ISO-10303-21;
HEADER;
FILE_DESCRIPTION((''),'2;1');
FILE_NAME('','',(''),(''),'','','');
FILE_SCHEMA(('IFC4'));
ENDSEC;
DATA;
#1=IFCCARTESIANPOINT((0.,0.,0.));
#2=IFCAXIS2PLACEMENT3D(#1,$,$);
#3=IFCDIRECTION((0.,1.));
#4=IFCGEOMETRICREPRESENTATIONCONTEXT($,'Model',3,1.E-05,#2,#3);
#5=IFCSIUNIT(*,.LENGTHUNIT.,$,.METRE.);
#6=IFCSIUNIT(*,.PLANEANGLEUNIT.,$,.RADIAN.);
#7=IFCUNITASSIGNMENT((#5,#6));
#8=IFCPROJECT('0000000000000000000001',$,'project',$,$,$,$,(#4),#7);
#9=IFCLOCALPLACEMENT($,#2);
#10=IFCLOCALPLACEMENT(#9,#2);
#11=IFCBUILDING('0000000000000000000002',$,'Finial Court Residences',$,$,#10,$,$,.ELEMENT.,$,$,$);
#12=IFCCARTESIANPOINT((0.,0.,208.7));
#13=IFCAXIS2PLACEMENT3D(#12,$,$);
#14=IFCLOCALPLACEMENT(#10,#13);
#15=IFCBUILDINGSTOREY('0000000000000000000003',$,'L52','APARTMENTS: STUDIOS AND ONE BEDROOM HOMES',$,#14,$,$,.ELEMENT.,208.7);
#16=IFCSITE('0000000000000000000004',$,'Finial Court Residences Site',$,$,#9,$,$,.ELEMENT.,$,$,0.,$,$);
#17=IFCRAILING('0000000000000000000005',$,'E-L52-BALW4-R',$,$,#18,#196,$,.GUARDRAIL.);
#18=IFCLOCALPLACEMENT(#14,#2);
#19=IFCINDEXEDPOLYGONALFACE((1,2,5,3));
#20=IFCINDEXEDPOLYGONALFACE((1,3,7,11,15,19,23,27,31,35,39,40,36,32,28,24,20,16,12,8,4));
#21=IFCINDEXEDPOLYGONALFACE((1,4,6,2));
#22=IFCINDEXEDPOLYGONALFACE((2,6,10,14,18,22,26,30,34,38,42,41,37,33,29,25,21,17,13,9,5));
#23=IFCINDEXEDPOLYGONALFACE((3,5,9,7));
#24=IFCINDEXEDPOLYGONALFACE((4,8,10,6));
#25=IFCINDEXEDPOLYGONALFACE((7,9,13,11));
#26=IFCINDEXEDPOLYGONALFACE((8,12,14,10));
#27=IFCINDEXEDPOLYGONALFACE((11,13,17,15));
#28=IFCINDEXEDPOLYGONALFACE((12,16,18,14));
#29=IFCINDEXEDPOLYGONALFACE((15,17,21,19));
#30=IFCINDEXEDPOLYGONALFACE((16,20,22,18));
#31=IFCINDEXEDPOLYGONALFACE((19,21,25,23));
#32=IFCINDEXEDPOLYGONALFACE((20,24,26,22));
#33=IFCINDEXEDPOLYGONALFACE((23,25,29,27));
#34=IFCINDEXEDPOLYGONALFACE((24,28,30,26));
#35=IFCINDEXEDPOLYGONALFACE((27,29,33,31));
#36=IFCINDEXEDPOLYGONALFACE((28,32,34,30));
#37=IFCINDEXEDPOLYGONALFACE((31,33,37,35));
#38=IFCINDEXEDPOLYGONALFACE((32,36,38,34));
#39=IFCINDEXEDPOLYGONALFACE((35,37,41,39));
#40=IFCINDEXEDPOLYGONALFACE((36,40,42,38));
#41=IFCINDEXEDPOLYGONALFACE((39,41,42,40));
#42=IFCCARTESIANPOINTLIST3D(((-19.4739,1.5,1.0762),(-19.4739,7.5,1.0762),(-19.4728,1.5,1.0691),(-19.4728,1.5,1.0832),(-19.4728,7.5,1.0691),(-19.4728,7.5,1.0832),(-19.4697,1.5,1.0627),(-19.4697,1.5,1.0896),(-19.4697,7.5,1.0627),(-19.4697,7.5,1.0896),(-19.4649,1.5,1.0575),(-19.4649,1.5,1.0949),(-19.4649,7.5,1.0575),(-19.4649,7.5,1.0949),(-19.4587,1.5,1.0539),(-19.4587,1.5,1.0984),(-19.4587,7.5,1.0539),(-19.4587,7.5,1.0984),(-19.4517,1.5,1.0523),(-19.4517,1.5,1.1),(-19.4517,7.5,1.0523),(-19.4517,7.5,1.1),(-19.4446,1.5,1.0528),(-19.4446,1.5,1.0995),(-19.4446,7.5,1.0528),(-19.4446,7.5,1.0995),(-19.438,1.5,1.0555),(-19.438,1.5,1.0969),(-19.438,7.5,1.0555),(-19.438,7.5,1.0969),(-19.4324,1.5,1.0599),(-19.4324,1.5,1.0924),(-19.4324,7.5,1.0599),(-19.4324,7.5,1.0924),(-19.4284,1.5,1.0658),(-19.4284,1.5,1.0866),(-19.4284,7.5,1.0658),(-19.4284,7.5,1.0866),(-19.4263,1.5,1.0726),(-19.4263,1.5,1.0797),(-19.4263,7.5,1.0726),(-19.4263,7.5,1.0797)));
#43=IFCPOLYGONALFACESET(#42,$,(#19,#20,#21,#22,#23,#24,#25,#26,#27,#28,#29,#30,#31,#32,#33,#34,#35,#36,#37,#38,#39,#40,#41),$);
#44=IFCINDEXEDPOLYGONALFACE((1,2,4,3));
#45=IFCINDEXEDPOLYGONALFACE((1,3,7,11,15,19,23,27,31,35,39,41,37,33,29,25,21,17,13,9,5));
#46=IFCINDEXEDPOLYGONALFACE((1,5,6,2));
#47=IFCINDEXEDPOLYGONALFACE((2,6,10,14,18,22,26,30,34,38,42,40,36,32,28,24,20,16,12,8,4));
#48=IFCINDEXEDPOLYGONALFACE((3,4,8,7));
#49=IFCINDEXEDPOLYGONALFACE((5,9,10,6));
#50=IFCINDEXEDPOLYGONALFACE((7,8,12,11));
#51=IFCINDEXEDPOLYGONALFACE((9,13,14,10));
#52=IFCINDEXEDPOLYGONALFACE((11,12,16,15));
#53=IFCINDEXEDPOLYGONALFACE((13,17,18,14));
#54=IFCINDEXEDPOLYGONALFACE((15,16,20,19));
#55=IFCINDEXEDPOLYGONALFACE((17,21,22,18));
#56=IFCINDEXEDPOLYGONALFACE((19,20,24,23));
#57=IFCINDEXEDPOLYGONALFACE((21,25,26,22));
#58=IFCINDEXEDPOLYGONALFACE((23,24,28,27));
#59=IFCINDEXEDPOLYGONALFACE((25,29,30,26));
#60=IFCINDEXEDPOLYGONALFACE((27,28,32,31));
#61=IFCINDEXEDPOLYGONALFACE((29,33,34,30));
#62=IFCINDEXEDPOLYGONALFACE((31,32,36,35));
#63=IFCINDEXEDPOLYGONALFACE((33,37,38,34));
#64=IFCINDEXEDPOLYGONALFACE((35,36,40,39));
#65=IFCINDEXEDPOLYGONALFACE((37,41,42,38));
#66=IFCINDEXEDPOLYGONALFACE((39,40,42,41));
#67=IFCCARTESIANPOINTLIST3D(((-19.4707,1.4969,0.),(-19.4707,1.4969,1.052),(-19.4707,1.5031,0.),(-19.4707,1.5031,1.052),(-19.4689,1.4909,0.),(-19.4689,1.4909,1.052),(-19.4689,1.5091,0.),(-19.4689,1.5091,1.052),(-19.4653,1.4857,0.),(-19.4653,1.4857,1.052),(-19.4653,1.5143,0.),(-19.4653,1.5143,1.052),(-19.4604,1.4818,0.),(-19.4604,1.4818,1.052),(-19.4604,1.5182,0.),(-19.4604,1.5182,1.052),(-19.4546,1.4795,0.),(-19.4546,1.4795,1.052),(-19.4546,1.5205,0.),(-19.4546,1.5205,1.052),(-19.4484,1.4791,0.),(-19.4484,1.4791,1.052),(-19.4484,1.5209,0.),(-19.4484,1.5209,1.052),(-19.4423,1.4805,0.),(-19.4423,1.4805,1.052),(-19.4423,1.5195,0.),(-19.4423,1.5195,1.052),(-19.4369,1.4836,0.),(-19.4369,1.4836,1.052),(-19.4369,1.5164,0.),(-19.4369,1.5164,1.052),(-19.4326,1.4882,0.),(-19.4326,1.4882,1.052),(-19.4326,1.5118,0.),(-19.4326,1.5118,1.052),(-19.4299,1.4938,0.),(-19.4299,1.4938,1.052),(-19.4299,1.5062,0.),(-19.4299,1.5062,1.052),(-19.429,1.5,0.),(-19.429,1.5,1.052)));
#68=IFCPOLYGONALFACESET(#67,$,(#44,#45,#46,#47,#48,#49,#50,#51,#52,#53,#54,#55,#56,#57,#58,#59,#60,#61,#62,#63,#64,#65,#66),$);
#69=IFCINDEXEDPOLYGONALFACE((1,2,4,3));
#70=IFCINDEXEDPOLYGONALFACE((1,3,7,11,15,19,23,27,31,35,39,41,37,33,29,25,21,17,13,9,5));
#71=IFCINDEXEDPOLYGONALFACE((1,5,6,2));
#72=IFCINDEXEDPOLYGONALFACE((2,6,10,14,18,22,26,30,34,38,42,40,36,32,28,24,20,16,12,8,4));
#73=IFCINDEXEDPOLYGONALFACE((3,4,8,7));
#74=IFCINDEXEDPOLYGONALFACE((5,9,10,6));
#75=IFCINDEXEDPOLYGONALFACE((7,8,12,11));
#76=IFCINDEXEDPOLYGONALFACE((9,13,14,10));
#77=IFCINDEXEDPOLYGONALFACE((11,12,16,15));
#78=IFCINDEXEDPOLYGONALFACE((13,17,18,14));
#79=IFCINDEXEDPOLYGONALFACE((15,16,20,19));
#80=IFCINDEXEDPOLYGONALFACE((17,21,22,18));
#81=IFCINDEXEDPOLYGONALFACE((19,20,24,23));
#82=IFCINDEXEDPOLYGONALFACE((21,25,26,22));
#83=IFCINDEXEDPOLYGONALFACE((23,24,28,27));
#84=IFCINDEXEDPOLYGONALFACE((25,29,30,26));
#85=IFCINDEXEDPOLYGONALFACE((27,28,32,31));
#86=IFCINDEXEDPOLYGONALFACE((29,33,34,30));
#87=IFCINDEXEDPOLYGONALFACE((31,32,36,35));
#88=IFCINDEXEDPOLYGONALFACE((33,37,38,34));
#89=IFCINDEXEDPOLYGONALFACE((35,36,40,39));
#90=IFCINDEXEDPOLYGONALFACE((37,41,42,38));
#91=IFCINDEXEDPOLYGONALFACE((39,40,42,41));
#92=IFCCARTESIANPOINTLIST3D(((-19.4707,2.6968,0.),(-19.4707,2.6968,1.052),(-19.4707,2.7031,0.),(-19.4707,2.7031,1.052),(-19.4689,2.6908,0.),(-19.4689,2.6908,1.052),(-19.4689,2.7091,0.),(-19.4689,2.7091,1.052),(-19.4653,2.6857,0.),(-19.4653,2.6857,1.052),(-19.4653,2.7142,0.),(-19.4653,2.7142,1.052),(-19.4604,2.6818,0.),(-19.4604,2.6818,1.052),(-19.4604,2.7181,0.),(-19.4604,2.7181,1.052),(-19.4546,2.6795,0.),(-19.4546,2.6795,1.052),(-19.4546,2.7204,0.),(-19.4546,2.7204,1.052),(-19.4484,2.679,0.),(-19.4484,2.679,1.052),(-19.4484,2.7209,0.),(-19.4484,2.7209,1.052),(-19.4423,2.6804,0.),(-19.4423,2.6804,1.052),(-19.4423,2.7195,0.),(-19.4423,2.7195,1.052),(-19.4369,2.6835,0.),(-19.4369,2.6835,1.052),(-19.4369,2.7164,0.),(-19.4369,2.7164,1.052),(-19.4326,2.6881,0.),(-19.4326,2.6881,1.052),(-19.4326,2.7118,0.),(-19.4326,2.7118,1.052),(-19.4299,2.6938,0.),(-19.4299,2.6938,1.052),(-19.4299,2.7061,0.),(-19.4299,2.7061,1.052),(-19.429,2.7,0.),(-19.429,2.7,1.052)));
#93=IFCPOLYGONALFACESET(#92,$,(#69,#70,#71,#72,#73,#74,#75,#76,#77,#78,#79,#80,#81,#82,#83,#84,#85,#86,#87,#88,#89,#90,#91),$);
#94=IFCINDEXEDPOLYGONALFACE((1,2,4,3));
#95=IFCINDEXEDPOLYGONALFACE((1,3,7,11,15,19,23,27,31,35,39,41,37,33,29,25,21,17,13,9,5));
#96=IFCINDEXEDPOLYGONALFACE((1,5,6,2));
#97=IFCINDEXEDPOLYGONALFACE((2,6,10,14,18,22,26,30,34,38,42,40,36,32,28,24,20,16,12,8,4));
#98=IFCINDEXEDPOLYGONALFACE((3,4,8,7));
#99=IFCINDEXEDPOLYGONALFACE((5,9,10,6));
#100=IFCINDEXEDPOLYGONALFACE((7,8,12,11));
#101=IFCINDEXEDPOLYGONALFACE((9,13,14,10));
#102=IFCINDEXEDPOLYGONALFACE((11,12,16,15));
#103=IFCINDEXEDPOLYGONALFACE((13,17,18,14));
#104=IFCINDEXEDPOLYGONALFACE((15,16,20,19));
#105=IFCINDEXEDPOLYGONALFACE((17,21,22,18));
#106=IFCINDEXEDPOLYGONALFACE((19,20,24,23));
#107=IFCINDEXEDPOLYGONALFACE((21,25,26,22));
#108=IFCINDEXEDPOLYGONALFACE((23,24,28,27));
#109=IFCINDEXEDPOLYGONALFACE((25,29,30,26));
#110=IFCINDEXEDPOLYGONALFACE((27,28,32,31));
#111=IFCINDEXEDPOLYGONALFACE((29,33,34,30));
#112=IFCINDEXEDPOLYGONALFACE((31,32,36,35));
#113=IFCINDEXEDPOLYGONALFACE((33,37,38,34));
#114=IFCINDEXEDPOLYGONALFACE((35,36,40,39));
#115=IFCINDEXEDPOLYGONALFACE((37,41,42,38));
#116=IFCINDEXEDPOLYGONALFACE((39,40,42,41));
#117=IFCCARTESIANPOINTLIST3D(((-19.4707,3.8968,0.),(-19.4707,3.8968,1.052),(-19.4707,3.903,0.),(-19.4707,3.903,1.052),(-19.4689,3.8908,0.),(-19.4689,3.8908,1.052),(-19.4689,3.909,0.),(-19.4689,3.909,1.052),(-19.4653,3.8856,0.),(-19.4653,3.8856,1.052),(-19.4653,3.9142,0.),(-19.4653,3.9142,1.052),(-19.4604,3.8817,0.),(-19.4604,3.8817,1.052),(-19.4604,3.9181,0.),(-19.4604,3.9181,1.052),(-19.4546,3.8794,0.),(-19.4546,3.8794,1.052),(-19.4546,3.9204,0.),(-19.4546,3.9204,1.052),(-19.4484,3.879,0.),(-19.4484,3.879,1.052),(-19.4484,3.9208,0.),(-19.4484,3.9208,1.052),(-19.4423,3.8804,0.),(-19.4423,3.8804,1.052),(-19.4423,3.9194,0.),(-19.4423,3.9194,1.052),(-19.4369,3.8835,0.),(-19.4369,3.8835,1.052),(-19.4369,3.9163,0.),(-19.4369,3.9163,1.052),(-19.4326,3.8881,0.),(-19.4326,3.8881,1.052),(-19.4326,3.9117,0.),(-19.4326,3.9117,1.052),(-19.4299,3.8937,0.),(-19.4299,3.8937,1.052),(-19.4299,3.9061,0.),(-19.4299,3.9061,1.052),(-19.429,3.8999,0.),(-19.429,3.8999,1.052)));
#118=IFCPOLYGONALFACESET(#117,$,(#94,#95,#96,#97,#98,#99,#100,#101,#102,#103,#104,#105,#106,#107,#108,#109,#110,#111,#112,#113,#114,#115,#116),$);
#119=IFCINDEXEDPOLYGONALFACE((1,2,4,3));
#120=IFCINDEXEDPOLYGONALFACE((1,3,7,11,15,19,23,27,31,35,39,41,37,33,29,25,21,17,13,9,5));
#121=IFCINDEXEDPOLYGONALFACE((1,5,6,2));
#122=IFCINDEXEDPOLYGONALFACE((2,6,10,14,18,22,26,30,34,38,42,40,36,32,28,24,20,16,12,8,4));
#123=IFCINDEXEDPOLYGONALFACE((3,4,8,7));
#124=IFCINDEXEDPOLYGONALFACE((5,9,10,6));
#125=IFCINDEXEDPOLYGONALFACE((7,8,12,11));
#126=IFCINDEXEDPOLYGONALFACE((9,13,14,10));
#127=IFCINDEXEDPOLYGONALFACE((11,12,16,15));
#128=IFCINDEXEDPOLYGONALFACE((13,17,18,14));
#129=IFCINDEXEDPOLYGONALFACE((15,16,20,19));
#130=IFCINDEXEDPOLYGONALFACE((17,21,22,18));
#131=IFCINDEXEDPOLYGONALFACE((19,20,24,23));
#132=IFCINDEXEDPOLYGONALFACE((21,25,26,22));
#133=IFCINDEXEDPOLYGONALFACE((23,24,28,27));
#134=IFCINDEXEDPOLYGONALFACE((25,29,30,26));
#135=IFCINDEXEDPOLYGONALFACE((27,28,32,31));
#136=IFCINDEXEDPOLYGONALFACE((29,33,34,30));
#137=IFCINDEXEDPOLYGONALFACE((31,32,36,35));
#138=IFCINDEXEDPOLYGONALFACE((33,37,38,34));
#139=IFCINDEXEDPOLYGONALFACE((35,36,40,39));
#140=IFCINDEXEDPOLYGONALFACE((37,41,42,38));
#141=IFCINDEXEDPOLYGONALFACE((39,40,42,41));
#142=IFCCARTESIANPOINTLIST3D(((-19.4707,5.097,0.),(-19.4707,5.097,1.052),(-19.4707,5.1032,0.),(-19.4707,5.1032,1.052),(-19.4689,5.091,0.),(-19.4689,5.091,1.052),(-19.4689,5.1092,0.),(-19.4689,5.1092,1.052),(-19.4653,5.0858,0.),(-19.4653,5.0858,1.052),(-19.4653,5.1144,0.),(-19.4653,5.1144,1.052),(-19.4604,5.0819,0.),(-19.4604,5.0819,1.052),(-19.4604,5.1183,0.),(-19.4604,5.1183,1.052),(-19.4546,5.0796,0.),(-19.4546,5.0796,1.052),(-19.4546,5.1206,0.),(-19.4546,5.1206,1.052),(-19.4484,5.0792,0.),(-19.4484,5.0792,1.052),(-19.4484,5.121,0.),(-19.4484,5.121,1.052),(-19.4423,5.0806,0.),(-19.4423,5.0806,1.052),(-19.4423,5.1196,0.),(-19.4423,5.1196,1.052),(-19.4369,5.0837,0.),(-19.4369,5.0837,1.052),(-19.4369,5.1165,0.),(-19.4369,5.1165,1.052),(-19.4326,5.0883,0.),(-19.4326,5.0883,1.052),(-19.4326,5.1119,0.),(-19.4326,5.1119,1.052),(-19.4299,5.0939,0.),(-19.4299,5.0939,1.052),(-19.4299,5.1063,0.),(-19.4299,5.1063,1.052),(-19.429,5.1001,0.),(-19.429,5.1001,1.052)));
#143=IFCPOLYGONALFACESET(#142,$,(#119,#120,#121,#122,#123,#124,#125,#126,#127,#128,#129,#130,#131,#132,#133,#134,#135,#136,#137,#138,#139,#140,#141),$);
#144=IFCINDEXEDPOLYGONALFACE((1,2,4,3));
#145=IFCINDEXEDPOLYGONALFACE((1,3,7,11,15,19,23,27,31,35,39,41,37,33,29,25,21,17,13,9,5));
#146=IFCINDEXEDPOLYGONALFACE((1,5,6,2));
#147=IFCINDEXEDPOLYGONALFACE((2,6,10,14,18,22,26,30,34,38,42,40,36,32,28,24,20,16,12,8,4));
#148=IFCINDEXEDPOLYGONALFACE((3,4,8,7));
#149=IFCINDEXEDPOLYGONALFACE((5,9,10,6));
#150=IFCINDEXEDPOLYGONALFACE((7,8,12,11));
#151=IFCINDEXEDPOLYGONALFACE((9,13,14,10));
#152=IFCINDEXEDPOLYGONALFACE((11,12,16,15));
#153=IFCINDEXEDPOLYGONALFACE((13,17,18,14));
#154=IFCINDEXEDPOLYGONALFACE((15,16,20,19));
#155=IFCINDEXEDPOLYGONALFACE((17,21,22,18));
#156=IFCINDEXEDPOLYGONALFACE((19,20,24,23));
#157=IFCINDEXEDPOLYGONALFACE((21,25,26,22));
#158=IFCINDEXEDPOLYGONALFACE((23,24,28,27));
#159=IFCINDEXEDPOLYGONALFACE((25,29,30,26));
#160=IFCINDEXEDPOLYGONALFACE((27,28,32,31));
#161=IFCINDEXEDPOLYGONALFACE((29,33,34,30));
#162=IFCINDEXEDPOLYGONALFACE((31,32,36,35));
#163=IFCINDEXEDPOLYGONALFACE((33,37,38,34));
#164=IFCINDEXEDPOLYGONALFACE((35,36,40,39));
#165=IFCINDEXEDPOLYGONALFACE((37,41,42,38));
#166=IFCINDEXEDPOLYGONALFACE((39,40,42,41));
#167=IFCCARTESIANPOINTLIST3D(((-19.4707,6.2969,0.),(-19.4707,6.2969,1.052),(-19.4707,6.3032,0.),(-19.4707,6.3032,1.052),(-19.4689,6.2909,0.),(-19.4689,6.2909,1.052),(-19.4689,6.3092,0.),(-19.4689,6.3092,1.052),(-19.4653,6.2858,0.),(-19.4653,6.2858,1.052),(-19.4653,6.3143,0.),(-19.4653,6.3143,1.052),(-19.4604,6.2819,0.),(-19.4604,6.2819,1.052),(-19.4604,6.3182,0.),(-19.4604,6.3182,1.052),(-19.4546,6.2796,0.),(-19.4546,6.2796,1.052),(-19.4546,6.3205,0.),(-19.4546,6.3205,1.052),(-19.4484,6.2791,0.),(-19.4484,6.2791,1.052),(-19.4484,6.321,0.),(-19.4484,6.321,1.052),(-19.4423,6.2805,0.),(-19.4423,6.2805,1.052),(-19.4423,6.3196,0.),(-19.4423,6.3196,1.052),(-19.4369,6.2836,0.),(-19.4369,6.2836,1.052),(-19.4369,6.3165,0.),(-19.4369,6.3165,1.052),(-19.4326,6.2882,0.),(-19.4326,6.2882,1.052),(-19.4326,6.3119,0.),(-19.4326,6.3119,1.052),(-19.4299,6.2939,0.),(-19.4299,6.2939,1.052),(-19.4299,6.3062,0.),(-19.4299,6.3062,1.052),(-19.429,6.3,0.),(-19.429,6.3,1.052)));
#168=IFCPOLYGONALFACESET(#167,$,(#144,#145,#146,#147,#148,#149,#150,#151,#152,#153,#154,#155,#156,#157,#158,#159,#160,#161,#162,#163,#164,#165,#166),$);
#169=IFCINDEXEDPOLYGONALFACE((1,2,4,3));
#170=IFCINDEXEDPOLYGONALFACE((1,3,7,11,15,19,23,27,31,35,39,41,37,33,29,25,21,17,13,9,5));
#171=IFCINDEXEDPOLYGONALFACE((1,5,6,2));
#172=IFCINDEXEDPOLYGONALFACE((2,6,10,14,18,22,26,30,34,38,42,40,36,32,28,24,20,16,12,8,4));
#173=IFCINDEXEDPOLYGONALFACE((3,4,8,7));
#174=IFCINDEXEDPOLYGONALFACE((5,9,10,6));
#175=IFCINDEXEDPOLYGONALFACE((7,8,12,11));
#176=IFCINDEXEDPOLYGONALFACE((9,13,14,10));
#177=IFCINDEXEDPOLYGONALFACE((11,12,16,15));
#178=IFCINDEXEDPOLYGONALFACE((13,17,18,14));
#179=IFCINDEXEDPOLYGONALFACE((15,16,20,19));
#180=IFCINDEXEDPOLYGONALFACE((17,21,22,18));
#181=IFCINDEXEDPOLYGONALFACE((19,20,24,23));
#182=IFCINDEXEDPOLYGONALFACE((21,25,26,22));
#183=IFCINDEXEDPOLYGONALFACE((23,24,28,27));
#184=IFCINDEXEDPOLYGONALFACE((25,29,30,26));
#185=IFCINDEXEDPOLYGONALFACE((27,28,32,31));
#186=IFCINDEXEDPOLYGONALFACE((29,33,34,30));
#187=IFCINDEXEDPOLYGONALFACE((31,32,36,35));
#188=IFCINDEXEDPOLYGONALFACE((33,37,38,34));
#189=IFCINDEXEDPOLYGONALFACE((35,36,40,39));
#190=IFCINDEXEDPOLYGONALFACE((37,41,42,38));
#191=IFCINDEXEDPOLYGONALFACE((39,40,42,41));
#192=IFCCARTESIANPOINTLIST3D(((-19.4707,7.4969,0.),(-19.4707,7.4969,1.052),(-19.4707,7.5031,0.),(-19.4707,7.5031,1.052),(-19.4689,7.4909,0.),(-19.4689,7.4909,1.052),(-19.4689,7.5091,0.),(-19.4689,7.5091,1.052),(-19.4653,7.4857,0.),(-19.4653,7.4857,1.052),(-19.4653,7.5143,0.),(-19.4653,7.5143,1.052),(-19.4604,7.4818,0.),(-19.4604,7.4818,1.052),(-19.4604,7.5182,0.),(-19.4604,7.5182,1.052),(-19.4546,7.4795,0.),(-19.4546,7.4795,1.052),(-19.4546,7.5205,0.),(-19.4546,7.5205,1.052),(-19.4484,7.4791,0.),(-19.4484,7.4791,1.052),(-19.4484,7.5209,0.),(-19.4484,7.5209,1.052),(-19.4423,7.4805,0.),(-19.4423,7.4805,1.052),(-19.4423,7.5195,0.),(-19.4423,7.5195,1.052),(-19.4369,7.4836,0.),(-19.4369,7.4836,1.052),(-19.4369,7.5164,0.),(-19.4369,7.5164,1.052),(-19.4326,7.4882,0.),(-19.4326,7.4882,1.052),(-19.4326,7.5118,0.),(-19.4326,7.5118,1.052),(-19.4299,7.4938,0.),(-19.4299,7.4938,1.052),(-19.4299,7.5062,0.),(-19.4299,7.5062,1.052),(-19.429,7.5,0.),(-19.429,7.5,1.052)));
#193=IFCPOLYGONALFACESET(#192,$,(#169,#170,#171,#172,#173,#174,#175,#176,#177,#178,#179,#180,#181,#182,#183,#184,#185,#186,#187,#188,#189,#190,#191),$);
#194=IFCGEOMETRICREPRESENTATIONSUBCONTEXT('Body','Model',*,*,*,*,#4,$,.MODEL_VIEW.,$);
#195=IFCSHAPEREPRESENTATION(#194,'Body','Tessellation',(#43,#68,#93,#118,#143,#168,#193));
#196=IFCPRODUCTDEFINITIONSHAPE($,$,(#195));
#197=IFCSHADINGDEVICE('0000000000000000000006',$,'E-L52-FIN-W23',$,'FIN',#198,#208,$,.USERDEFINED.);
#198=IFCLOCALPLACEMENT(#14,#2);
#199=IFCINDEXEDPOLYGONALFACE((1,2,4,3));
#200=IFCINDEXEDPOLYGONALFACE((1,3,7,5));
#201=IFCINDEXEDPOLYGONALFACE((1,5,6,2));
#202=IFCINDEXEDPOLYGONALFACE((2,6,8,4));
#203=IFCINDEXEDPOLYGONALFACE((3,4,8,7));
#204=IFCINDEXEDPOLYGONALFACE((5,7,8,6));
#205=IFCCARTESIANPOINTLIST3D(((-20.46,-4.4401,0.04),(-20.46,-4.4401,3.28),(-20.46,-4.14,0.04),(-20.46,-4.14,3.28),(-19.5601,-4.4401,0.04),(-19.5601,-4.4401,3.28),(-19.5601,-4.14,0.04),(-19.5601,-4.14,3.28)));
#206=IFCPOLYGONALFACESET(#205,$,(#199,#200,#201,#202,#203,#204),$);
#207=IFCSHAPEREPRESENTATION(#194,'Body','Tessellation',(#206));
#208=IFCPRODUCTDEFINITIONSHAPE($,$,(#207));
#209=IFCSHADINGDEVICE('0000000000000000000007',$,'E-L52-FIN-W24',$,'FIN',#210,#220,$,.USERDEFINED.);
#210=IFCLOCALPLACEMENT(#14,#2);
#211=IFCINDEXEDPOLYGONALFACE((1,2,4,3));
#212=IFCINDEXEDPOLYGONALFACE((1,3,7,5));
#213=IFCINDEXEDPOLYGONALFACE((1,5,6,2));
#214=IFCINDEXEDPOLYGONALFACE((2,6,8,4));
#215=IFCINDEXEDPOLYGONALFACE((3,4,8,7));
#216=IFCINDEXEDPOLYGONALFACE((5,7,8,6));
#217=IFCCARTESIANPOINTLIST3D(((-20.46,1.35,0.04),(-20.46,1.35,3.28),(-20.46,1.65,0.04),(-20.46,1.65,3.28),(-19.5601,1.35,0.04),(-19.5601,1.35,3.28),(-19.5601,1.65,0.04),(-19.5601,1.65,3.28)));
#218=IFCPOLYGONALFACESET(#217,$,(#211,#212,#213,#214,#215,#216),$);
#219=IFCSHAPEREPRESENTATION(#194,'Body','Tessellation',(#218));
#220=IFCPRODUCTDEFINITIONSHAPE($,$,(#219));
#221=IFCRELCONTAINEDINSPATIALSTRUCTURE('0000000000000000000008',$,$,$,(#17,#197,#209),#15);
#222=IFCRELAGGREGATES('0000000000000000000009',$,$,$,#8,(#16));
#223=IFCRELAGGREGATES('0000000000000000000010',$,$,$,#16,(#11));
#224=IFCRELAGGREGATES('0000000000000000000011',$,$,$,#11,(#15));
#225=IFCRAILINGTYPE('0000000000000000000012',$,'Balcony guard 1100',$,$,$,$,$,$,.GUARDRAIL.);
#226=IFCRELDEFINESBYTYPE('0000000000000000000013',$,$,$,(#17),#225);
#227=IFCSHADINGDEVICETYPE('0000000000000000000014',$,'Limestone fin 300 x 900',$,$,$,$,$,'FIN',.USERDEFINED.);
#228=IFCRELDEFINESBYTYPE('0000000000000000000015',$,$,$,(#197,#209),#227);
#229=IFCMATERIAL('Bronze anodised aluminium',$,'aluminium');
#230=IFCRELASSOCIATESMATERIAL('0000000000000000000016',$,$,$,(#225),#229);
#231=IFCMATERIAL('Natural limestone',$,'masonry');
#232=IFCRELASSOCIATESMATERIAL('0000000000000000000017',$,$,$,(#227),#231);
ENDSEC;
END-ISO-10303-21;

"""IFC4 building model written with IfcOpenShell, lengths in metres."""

from ifc_helpers import new_model, si_unit, direction, frame, origin, origin_2d, place, context, subcontext, project, spatial, rectangle, circle, extrude, material, type_object, element, save


model = new_model("IFC4")

# Units and contexts
model_context = context("Model", 3, precision=1e-05, world=origin(), true_north=direction((0.0, 1.0)))
body_context = subcontext(model_context, "Body", "Model", "MODEL_VIEW")
ifc_project = project(units=[si_unit("LENGTHUNIT", "METRE"), si_unit("PLANEANGLEUNIT", "RADIAN")], contexts=[model_context])

# Site, building, storey
site_placement = place(None, origin())
site = spatial("IfcSite", under=ifc_project, at=site_placement, Name="Finial Court Residences Site", CompositionType="ELEMENT", RefElevation=0.0)
building_placement = place(site_placement, origin())
building = spatial("IfcBuilding", under=site, at=building_placement, Name="Finial Court Residences", CompositionType="ELEMENT")
storey_placement = place(building_placement, frame((0.0, 0.0, 208.7)))
storey = spatial("IfcBuildingStorey", under=building, at=storey_placement, Name="L52", Description="APARTMENTS: STUDIOS AND ONE BEDROOM HOMES", CompositionType="ELEMENT", Elevation=208.7)

# Shared definitions
ifc_material_1 = material(Name="Bronze anodised aluminium", Category="aluminium")

# Shared definitions
ifc_material_2 = material(Name="Natural limestone", Category="masonry")

# Railing
railing_type = type_object("IfcRailingType", Name="Balcony guard 1100", PredefinedType="GUARDRAIL", material=ifc_material_1)
railing_placement = place(storey_placement, frame((-19.45, 1.5, 0.0)))
element("IfcRailing", 1, at=railing_placement, inside=storey, type_object=railing_type, Name="E-L52-BALW4-R", PredefinedType="GUARDRAIL", context=body_context, shape_type="SweptSolid", body=[
    extrude(circle(Radius=0.0239, at=origin_2d()), frame((0.0, 0.0, 1.0762), z_axis=(0.0, 1.0, 0.0), x_axis=(-1.0, 0.0, 0.0)), (0.0, 0.0, 1.0), 6.0),
    extrude(circle(Radius=0.021, at=origin_2d()), origin(), (0.0, 0.0, 1.0), 1.052),
    extrude(circle(Radius=0.021, at=origin_2d()), frame((0.0, 1.2, 0.0)), (0.0, 0.0, 1.0), 1.052),
    extrude(circle(Radius=0.021, at=origin_2d()), frame((0.0, 2.3999, 0.0)), (0.0, 0.0, 1.0), 1.052),
    extrude(circle(Radius=0.021, at=origin_2d()), frame((0.0, 3.6001, 0.0)), (0.0, 0.0, 1.0), 1.052),
    extrude(circle(Radius=0.021, at=origin_2d()), frame((0.0, 4.8, 0.0)), (0.0, 0.0, 1.0), 1.052),
    extrude(circle(Radius=0.021, at=origin_2d()), frame((0.0, 6.0, 0.0)), (0.0, 0.0, 1.0), 1.052),
])

# Shading devices
shading_device_type = type_object("IfcShadingDeviceType", Name="Limestone fin 300 x 900", ElementType="FIN", PredefinedType="USERDEFINED", material=ifc_material_2)
for number, where, z_axis, x_axis, name in (
    (2, (-20.01, -4.29, 0.04), (0.0, 0.0, 1.0), (1.0, 0.0, 0.0), "E-L52-FIN-W23"),
    (3, (-20.01, 1.5, 0.04), (0.0, 0.0, 1.0), (1.0, 0.0, 0.0), "E-L52-FIN-W24"),
):
    element("IfcShadingDevice", number, at=place(storey_placement, frame(where, z_axis=z_axis, x_axis=x_axis)), inside=storey, type_object=shading_device_type, Name=name, ObjectType="FIN", PredefinedType="USERDEFINED", context=body_context, shape_type="SweptSolid", body=[
        extrude(rectangle(XDim=0.8999, YDim=0.3, at=origin_2d()), origin(), (0.0, 0.0, 1.0), 3.24),
    ])

save(model, "model.ifc")
